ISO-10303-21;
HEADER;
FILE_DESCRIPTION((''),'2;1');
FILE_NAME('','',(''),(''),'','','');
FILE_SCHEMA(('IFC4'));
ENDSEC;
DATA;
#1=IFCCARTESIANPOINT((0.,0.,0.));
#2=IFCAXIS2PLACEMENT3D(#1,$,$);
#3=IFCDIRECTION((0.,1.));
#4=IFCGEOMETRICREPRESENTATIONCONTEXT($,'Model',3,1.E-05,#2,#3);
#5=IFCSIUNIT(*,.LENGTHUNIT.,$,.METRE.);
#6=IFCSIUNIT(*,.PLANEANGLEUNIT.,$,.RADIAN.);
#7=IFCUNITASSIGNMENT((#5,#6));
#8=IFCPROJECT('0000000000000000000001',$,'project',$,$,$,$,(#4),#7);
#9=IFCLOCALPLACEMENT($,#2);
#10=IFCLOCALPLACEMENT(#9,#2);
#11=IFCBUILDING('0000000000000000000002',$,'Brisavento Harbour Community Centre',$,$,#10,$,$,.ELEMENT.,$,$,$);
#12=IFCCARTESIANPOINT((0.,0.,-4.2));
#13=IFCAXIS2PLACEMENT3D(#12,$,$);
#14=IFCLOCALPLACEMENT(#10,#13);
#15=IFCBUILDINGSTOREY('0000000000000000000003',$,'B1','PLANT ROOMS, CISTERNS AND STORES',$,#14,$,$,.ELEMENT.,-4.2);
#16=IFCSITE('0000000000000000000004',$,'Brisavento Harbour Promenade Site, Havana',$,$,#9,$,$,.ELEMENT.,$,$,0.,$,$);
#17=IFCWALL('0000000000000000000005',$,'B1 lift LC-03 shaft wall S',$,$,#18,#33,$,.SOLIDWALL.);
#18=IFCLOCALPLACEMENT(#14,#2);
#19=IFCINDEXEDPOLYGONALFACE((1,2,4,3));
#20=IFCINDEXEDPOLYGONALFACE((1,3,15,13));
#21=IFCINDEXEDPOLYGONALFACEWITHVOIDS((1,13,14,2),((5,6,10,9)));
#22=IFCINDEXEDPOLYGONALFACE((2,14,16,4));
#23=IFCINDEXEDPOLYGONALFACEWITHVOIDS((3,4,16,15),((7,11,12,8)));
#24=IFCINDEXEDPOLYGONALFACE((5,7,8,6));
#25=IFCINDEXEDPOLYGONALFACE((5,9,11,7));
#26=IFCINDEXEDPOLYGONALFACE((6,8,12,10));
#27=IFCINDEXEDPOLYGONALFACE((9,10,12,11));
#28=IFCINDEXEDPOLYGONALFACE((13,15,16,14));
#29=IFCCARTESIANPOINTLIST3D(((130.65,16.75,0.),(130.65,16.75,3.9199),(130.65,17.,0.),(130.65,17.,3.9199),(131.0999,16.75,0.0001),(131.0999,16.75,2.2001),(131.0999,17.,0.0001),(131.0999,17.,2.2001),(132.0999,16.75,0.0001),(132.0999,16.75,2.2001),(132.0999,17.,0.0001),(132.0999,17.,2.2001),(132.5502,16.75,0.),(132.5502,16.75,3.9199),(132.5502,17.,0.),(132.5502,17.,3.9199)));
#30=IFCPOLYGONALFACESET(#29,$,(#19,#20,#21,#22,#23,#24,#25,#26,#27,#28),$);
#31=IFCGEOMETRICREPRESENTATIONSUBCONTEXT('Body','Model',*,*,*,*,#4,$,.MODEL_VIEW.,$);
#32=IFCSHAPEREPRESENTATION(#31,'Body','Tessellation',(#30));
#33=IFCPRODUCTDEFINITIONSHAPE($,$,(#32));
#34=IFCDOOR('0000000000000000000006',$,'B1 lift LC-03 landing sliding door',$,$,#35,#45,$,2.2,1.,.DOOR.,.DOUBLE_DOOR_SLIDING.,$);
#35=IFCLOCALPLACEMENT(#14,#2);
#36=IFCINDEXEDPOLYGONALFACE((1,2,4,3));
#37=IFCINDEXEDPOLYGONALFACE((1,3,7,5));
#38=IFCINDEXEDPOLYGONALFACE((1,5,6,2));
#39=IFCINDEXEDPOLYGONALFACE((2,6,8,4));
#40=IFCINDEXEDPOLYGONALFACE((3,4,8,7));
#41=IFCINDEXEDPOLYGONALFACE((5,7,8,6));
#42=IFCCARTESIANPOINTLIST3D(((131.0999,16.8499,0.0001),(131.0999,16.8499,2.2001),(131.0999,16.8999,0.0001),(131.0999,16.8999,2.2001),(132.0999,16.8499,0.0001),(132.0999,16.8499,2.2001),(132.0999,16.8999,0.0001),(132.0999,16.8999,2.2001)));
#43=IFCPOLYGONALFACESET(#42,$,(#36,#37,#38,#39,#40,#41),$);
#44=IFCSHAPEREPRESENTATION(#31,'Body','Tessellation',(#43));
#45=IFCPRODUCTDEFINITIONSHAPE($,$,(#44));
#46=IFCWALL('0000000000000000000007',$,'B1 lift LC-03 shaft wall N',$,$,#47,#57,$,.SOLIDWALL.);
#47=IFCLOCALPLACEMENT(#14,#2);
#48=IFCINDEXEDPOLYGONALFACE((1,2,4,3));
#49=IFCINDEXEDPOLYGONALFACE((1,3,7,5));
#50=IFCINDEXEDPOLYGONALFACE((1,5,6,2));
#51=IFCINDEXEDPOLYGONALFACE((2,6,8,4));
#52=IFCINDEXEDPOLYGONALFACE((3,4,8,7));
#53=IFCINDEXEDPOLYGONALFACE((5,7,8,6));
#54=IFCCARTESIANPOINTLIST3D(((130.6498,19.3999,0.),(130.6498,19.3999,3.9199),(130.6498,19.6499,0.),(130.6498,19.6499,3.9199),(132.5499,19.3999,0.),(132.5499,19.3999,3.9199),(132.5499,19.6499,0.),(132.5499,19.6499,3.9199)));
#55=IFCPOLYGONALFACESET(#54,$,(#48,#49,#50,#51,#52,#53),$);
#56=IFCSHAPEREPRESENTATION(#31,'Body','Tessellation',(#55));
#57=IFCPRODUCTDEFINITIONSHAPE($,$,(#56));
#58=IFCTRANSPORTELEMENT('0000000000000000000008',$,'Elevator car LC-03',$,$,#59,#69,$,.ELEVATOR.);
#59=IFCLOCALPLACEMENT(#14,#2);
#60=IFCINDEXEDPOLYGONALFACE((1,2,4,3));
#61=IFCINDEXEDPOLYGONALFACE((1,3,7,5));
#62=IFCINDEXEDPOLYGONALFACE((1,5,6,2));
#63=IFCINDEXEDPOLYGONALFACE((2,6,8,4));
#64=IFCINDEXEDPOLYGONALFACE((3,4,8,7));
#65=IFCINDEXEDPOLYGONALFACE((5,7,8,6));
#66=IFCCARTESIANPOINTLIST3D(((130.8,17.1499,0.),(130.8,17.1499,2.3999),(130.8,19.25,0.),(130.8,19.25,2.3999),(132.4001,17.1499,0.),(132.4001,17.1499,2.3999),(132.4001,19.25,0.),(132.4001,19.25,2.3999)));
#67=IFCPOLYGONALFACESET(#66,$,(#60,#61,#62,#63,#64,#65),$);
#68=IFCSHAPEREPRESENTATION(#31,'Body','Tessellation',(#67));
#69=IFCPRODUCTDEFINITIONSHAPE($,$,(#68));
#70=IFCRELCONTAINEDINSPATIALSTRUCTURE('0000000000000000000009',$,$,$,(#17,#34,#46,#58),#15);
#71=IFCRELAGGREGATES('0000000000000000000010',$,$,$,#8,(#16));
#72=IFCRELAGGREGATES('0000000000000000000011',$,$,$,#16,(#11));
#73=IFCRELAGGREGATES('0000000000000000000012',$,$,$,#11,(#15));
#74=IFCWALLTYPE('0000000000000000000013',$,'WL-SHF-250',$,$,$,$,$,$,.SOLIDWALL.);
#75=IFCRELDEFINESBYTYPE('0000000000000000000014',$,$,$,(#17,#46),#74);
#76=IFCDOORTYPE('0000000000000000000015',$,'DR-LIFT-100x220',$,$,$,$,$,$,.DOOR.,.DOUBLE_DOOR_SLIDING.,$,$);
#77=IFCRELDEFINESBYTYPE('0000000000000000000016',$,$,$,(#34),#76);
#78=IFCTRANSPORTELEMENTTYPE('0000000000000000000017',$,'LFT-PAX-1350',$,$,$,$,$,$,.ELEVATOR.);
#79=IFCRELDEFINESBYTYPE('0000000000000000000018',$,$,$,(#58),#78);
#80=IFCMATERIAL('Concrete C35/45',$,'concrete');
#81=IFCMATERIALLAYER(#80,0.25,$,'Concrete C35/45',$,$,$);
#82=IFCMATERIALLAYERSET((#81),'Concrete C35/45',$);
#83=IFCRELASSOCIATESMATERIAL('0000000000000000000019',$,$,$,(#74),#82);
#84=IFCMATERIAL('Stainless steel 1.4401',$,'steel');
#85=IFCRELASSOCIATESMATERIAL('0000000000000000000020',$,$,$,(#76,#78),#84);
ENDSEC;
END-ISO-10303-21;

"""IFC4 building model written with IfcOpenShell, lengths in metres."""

from ifc_helpers import new_model, si_unit, direction, frame, frame_2d, origin, origin_2d, place, context, subcontext, project, spatial, rectangle, extrude, material, layer, layer_set, type_object, element, fill, save


model = new_model("IFC4")

# Units and contexts
model_context = context("Model", 3, precision=1e-05, world=origin(), true_north=direction((0.0, 1.0)))
body_context = subcontext(model_context, "Body", "Model", "MODEL_VIEW")
ifc_project = project(units=[si_unit("LENGTHUNIT", "METRE"), si_unit("PLANEANGLEUNIT", "RADIAN")], contexts=[model_context])

# Site, building, storey
site_placement = place(None, origin())
site = spatial("IfcSite", under=ifc_project, at=site_placement, Name="Brisavento Harbour Promenade Site, Havana", CompositionType="ELEMENT", RefElevation=0.0)
building_placement = place(site_placement, origin())
building = spatial("IfcBuilding", under=site, at=building_placement, Name="Brisavento Harbour Community Centre", CompositionType="ELEMENT")
storey_placement = place(building_placement, frame((0.0, 0.0, -4.2)))
storey = spatial("IfcBuildingStorey", under=building, at=storey_placement, Name="B1", Description="PLANT ROOMS, CISTERNS AND STORES", CompositionType="ELEMENT", Elevation=-4.2)

# Shared definitions
ifc_material_1 = material(Name="Concrete C35/45", Category="concrete")

# Shared definitions
ifc_layer_1 = layer(ifc_material_1, 0.25, Name="Concrete C35/45")
ifc_layer_set_1 = layer_set([ifc_layer_1], Name="Concrete C35/45")
wall_type_1 = type_object("IfcWallType", Name="WL-SHF-250", PredefinedType="SOLIDWALL", material=ifc_layer_set_1)

# Wall, opening, door
wall_1_placement = place(storey_placement, frame((130.6499, 16.875, 0.0), z_axis=(0.0, 0.0, 1.0), x_axis=(1.0, 0.0, 0.0)))
wall_1 = element("IfcWall", 1, at=wall_1_placement, inside=storey, type_object=wall_type_1, Name="B1 lift LC-03 shaft wall S", PredefinedType="SOLIDWALL", context=body_context, shape_type="SweptSolid", body=[
    extrude(rectangle(XDim=1.9001, YDim=0.25, at=frame_2d((0.9502, 0.0))), origin(), (0.0, 0.0, 1.0), 3.9199),
])
opening_1_placement = place(wall_1_placement, frame((0.45, 0.0, 0.0)))
opening_1 = element("IfcOpeningElement", 2, at=opening_1_placement, cuts=wall_1, PredefinedType="OPENING", context=body_context, shape_type="SweptSolid", body=[
    extrude(rectangle(XDim=1.0, YDim=2.2, at=frame_2d((0.5, 1.1001))), frame((0.0, 0.135, 0.0), z_axis=(0.0, -1.0, 0.0), x_axis=(1.0, 0.0, 0.0)), (0.0, 0.0, 1.0), 0.27),
])
ifc_material_2 = material(Name="Stainless steel 1.4401", Category="steel")
door_type_1 = type_object("IfcDoorType", Name="DR-LIFT-100x220", OperationType="DOUBLE_DOOR_SLIDING", PredefinedType="DOOR", material=ifc_material_2)
door_1_placement = place(opening_1_placement, origin())
door_1 = element("IfcDoor", 3, at=door_1_placement, inside=storey, type_object=door_type_1, Name="B1 lift LC-03 landing sliding door", OperationType="DOUBLE_DOOR_SLIDING", OverallHeight=2.2, OverallWidth=1.0, PredefinedType="DOOR", context=body_context, shape_type="SweptSolid", body=[
    extrude(rectangle(XDim=1.0, YDim=2.2, at=frame_2d((0.5, 1.1001))), frame((0.0, 0.0249, 0.0), z_axis=(0.0, -1.0, 0.0), x_axis=(1.0, 0.0, 0.0)), (0.0, 0.0, 1.0), 0.05),
])
fill(opening_1, door_1)

# Wall
wall_2_placement = place(storey_placement, frame((132.55, 19.5249, 0.0), z_axis=(0.0, 0.0, 1.0), x_axis=(-1.0, 0.0, 0.0)))
element("IfcWall", 4, at=wall_2_placement, inside=storey, type_object=wall_type_1, Name="B1 lift LC-03 shaft wall N", PredefinedType="SOLIDWALL", context=body_context, shape_type="SweptSolid", body=[
    extrude(rectangle(XDim=1.9001, YDim=0.25, at=frame_2d((0.9502, 0.0))), origin(), (0.0, 0.0, 1.0), 3.9199),
])

# Transport element
transport_element_type = type_object("IfcTransportElementType", Name="LFT-PAX-1350", PredefinedType="ELEVATOR", material=ifc_material_2)
transport_element_placement = place(storey_placement, frame((131.6001, 18.2, 0.0), z_axis=(0.0, 0.0, 1.0), x_axis=(1.0, 0.0, 0.0)))
element("IfcTransportElement", 5, at=transport_element_placement, inside=storey, type_object=transport_element_type, Name="Elevator car LC-03", PredefinedType="ELEVATOR", context=body_context, shape_type="SweptSolid", body=[
    extrude(rectangle(XDim=1.6001, YDim=2.1001, at=origin_2d()), origin(), (0.0, 0.0, 1.0), 2.3999),
])

save(model, "model.ifc")
